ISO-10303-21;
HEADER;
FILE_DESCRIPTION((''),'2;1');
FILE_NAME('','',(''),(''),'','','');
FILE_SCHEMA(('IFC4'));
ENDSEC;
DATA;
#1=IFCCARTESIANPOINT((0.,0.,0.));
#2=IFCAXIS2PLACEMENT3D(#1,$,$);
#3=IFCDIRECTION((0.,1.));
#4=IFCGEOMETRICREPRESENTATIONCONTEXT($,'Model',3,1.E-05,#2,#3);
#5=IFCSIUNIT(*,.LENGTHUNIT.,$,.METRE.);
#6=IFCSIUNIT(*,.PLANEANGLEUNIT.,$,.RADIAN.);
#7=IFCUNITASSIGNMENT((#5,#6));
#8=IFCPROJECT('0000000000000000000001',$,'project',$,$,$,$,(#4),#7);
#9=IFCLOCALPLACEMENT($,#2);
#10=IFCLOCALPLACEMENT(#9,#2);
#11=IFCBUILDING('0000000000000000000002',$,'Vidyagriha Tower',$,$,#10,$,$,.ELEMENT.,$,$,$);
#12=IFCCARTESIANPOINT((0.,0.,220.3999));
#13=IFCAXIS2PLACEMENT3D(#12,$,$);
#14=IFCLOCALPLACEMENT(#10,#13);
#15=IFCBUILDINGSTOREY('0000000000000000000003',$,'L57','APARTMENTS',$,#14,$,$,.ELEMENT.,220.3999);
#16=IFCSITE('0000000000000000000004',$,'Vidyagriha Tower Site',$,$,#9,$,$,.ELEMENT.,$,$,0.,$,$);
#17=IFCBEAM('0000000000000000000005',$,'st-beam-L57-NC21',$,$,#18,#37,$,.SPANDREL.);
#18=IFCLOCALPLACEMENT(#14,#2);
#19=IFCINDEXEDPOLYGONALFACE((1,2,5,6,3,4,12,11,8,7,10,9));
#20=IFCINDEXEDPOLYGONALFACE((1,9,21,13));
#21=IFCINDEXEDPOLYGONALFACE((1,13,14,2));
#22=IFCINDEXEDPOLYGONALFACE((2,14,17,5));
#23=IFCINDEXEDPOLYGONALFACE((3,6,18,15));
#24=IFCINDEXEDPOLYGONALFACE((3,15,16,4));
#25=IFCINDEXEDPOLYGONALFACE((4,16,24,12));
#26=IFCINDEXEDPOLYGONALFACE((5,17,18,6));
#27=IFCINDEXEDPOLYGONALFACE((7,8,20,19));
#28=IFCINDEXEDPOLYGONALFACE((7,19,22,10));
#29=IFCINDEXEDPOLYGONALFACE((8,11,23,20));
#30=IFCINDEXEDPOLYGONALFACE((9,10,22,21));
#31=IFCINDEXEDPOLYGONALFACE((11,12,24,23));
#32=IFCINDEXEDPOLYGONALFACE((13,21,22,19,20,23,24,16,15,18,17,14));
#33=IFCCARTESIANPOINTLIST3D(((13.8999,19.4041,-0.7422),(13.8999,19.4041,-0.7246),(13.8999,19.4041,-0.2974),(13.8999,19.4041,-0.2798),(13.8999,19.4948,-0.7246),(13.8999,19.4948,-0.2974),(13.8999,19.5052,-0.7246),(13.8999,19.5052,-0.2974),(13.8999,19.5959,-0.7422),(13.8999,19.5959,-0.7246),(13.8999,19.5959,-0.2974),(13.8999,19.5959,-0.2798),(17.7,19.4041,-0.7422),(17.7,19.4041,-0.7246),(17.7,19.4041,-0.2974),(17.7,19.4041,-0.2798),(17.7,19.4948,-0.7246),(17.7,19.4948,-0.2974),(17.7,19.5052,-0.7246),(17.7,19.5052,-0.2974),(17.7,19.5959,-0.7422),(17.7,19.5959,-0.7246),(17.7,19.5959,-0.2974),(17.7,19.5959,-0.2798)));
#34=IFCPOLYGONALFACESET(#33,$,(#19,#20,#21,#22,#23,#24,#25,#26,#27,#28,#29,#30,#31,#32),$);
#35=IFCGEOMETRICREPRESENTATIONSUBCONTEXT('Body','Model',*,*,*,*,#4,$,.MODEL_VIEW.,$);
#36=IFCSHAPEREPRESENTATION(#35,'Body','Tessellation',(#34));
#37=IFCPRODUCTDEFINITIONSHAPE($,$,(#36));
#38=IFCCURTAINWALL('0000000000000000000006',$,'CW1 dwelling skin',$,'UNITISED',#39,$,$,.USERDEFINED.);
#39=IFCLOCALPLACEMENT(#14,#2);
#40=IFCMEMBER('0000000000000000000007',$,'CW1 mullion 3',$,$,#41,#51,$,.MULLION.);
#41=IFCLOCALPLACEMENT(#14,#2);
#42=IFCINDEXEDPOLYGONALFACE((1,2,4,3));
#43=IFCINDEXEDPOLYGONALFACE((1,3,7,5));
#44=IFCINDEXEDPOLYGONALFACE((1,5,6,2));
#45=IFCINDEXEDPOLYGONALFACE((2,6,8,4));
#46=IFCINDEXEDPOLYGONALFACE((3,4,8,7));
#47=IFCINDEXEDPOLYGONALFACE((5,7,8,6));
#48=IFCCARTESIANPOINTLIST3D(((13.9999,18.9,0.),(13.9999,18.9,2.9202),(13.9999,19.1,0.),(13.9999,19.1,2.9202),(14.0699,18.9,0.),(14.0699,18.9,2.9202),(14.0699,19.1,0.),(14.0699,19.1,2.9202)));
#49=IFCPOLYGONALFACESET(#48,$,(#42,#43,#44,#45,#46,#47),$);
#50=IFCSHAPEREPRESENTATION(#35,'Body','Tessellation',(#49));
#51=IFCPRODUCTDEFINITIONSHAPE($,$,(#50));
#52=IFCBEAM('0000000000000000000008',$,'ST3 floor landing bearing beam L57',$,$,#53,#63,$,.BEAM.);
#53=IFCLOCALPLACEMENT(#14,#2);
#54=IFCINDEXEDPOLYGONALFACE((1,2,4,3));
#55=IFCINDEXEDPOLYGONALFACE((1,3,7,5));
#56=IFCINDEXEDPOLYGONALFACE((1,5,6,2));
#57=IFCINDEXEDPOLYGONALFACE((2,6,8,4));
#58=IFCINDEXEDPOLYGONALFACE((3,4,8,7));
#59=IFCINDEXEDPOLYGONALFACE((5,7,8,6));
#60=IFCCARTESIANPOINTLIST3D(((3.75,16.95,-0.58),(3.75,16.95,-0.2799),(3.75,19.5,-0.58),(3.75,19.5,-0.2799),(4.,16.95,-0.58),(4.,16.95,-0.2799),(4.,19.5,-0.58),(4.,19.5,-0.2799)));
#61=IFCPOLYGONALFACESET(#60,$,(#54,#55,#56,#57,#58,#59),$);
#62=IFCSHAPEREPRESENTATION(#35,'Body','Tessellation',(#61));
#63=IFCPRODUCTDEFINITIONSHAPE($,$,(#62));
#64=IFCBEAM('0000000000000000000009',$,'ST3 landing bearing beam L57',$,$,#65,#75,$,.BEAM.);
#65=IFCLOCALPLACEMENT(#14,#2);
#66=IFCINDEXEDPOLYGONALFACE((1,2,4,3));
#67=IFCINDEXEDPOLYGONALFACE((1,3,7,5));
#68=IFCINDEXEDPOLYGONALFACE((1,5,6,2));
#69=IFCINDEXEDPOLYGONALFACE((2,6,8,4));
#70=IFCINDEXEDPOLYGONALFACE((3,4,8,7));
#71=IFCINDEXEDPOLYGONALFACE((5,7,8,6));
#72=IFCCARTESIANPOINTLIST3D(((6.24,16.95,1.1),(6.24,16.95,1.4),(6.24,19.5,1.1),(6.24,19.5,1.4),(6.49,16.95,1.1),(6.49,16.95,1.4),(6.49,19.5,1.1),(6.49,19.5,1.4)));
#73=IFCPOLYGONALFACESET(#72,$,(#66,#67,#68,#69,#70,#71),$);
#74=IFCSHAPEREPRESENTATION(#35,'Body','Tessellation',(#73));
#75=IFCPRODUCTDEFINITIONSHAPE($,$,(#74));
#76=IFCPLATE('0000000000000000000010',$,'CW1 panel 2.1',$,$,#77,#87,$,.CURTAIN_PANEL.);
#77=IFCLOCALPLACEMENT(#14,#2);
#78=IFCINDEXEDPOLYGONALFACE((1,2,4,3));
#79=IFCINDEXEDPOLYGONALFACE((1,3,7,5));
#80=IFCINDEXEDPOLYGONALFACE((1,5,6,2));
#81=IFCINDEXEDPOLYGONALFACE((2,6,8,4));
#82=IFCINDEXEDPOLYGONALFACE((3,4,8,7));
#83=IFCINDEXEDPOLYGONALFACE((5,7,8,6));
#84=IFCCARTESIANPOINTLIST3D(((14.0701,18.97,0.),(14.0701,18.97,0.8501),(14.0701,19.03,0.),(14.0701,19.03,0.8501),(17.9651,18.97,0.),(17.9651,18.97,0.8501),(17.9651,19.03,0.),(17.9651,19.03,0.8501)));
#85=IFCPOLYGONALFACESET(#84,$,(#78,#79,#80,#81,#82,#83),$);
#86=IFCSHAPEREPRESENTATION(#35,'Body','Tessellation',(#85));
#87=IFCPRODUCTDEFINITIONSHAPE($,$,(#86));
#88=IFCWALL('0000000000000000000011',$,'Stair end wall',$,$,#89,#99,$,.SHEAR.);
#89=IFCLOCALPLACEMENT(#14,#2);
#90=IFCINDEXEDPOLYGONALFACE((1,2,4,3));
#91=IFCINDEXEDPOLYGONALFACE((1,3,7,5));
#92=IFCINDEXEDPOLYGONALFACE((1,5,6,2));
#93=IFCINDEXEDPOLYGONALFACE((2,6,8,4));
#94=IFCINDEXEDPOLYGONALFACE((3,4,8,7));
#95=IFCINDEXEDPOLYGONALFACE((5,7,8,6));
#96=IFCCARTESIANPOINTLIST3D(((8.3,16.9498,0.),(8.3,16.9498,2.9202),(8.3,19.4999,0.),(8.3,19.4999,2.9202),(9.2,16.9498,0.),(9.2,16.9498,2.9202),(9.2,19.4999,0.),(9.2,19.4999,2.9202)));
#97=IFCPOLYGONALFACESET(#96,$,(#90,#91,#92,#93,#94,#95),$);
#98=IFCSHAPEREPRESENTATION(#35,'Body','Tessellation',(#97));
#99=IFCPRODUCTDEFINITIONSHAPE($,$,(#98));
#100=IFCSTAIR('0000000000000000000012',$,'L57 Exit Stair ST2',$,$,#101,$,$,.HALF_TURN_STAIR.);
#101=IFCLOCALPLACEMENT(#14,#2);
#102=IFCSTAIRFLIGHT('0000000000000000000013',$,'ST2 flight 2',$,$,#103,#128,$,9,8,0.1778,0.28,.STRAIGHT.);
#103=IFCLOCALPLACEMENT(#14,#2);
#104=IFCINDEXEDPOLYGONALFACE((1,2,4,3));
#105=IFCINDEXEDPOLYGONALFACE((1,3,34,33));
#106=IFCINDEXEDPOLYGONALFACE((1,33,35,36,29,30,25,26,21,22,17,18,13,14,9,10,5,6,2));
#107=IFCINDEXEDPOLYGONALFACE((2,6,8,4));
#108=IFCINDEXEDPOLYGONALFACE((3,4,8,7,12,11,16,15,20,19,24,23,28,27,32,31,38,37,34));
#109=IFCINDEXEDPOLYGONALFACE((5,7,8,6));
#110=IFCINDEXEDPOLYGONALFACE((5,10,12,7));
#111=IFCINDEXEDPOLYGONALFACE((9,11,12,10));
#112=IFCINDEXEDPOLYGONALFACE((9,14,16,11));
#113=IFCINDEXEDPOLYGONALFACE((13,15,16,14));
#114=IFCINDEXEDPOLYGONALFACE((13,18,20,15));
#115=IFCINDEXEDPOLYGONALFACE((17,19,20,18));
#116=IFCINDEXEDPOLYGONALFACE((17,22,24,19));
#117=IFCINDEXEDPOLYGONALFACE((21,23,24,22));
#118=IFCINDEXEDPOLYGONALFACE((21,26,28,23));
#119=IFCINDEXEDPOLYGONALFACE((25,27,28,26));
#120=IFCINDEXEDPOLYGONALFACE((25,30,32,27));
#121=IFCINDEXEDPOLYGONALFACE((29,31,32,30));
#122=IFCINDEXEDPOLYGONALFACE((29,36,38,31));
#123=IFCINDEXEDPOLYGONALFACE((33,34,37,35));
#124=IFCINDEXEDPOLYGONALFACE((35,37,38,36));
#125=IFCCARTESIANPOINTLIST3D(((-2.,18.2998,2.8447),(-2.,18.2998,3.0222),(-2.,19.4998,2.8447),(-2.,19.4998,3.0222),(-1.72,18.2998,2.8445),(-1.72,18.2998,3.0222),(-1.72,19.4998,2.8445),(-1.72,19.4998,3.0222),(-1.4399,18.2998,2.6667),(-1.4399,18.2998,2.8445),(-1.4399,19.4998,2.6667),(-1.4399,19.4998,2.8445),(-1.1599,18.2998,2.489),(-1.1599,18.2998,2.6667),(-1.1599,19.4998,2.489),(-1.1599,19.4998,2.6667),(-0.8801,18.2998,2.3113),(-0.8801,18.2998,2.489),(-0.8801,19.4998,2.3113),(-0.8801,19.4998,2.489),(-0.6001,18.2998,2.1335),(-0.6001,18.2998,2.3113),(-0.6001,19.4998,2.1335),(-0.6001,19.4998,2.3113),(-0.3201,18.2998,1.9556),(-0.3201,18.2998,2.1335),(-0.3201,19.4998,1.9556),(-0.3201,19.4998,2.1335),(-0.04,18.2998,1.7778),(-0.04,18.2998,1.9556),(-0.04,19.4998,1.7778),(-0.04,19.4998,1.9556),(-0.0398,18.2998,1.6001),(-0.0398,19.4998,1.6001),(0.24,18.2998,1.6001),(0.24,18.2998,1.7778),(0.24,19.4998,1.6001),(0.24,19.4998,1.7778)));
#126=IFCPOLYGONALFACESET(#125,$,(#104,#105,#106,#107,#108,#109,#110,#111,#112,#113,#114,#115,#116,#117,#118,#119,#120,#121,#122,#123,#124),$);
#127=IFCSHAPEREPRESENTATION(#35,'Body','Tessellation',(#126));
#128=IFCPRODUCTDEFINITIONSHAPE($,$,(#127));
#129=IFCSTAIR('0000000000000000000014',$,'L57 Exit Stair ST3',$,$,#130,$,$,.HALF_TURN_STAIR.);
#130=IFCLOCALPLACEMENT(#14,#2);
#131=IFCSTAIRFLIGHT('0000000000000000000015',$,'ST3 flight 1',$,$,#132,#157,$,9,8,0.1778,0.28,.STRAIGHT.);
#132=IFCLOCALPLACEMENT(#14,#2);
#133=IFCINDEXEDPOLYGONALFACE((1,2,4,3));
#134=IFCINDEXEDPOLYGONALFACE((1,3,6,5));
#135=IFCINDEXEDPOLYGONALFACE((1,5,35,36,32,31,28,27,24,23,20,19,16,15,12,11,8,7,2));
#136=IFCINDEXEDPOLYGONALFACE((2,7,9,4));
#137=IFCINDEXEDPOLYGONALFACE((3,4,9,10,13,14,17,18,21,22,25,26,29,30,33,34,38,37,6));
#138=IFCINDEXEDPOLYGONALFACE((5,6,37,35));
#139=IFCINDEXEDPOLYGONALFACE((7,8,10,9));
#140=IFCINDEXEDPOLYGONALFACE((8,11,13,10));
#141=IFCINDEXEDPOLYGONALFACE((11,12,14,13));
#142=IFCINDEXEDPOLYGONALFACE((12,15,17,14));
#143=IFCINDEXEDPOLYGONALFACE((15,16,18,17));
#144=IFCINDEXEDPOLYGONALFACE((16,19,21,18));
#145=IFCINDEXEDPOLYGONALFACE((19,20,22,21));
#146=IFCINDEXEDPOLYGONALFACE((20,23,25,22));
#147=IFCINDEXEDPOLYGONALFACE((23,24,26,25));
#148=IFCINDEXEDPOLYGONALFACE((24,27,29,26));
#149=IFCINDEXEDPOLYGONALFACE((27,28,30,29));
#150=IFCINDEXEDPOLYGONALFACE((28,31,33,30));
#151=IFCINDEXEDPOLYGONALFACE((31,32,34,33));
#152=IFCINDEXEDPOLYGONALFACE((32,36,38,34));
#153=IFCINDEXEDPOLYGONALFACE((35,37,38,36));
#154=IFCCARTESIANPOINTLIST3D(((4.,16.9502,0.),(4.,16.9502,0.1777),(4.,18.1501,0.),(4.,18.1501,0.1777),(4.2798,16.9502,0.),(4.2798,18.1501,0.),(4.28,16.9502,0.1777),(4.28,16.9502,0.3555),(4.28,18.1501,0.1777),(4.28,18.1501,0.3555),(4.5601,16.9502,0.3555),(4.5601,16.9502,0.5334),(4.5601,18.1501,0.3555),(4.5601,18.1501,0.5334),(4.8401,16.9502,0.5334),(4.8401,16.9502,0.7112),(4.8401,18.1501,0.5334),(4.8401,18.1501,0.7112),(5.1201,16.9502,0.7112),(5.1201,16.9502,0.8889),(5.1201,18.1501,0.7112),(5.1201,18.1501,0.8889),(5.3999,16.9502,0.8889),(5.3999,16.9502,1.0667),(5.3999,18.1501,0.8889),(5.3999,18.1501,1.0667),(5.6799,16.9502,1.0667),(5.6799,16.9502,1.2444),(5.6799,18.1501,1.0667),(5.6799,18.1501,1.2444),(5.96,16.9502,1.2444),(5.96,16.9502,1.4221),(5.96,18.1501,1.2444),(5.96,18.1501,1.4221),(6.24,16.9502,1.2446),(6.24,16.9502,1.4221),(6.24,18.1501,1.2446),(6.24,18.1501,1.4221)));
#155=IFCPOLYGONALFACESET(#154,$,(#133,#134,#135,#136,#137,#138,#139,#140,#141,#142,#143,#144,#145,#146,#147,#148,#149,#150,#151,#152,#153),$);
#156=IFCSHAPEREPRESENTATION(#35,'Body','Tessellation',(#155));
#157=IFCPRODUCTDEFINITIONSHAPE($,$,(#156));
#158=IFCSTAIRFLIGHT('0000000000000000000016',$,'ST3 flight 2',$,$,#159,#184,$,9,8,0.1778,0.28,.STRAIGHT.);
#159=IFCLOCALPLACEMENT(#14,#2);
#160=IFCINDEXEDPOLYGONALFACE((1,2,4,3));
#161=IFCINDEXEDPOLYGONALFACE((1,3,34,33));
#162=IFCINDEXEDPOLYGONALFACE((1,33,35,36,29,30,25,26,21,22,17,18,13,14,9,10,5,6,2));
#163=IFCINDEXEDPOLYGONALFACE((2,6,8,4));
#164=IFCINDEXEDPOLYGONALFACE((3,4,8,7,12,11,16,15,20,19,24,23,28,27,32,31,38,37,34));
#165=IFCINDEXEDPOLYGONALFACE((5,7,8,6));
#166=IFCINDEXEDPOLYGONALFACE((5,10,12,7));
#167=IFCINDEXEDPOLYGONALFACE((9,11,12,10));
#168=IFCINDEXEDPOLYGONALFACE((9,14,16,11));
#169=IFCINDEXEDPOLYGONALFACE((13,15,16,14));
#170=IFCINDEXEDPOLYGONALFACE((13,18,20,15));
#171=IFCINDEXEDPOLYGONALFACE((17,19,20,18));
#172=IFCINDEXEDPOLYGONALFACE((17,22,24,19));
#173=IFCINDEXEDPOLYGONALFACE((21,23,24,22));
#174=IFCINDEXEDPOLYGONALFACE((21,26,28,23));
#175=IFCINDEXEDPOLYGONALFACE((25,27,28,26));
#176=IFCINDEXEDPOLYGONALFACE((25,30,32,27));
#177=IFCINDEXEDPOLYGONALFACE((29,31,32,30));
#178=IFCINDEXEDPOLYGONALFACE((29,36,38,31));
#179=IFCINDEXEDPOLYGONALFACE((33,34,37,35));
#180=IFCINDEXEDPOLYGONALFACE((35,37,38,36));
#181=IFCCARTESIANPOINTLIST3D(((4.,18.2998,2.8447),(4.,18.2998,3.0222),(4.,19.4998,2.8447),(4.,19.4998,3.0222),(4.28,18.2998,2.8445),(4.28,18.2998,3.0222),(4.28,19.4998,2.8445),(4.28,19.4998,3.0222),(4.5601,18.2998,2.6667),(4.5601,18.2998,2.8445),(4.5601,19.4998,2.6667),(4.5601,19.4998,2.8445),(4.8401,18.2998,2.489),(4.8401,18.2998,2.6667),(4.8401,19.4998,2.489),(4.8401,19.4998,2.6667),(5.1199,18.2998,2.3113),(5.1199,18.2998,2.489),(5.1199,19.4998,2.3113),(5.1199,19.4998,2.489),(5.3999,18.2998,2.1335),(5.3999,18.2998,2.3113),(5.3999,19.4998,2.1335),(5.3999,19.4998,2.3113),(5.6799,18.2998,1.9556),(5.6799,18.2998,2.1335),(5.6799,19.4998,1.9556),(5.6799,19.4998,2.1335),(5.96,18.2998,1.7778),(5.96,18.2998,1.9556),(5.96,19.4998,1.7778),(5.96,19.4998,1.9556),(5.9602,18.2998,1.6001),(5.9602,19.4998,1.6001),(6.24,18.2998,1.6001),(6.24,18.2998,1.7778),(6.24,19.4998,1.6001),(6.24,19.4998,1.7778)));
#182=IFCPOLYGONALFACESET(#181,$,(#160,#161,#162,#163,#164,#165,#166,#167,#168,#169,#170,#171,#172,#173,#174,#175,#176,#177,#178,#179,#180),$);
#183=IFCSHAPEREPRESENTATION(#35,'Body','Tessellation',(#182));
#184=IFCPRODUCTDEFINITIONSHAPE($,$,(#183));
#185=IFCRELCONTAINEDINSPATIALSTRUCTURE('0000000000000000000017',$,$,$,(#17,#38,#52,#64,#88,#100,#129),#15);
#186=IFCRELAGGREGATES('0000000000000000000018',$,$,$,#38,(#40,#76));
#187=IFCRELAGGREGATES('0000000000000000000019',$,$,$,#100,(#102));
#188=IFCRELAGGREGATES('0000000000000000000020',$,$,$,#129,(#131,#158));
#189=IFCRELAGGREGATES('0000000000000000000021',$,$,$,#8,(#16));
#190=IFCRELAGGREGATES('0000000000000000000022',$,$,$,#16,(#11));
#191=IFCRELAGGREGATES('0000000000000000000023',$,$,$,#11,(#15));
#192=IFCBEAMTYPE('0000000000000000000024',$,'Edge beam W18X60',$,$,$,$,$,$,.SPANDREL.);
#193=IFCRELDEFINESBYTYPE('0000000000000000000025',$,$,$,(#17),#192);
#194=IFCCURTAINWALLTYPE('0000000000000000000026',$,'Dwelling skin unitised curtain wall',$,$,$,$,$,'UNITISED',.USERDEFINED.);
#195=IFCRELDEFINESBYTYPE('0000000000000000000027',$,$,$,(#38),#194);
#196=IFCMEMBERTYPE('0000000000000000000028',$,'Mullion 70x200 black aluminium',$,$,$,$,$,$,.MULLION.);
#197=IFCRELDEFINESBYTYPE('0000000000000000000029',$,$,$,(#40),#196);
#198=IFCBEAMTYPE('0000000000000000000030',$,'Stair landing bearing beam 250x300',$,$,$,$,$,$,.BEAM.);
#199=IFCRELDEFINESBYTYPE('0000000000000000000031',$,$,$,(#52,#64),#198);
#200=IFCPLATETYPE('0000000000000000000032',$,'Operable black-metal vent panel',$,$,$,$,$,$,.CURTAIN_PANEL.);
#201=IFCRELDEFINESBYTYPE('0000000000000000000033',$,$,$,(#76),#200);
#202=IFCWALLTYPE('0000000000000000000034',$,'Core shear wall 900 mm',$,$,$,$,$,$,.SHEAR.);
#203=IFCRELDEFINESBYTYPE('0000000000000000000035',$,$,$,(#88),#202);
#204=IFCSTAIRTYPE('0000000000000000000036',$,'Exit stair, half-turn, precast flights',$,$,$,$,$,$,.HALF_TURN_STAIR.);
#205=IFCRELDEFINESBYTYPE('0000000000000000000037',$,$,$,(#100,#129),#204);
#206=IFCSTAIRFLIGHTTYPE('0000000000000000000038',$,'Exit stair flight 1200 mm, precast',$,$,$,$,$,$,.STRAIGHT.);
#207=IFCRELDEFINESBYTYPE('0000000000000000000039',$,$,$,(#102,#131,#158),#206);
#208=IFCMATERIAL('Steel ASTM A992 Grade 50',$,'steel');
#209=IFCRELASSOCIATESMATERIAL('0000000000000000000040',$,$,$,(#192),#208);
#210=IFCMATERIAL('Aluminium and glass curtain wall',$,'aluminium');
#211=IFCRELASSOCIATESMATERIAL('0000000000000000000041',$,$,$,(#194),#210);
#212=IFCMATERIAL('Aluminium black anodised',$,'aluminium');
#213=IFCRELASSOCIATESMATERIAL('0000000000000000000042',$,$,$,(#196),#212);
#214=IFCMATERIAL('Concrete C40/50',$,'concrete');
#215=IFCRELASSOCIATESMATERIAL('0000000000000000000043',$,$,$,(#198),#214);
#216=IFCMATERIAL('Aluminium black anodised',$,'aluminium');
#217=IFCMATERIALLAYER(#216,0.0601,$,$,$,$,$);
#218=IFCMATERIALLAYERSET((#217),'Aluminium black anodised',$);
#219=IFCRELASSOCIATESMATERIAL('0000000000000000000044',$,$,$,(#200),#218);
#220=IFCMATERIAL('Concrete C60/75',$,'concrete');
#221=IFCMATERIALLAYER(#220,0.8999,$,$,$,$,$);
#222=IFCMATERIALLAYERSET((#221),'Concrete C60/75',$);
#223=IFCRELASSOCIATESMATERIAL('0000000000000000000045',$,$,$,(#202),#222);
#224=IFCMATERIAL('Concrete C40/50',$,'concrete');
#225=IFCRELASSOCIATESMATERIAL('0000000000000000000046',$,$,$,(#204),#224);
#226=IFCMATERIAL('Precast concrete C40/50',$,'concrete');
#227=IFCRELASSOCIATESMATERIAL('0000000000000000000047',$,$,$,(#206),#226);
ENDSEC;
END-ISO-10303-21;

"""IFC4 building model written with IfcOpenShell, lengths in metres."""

from ifc_helpers import new_model, si_unit, direction, frame, frame_2d, origin, origin_2d, place, context, subcontext, project, spatial, polyline, rectangle, i_section, outline, extrude, material, layer, layer_set, material_profile, profile_set, type_object, element, aggregate, save


model = new_model("IFC4")

# Units and contexts
model_context = context("Model", 3, precision=1e-05, world=origin(), true_north=direction((0.0, 1.0)))
body_context = subcontext(model_context, "Body", "Model", "MODEL_VIEW")
ifc_project = project(units=[si_unit("LENGTHUNIT", "METRE"), si_unit("PLANEANGLEUNIT", "RADIAN")], contexts=[model_context])

# Site, building, storey
site_placement = place(None, origin())
site = spatial("IfcSite", under=ifc_project, at=site_placement, Name="Vidyagriha Tower Site", CompositionType="ELEMENT", RefElevation=0.0)
building_placement = place(site_placement, origin())
building = spatial("IfcBuilding", under=site, at=building_placement, Name="Vidyagriha Tower", CompositionType="ELEMENT")
storey_placement = place(building_placement, frame((0.0, 0.0, 220.3999)))
storey = spatial("IfcBuildingStorey", under=building, at=storey_placement, Name="L57", Description="APARTMENTS", CompositionType="ELEMENT", Elevation=220.3999)

# Beam
ifc_material_1 = material(Name="Steel ASTM A992 Grade 50", Category="steel")
ifc_material_profile_1 = material_profile(ifc_material_1, i_section(OverallWidth=0.1919, OverallDepth=0.4624, WebThickness=0.0105, FlangeThickness=0.0176, at=origin_2d()), Name="W18X60")
ifc_profile_set_1 = profile_set([ifc_material_profile_1], Name="Steel ASTM A992 Grade 50")
beam_type_1 = type_object("IfcBeamType", Name="Edge beam W18X60", PredefinedType="SPANDREL", material=ifc_profile_set_1)
beam_placement = place(storey_placement, frame((13.8999, 19.5, -0.511), z_axis=(1.0, 0.0, 0.0), x_axis=(0.0, 1.0, 0.0)))
element("IfcBeam", 1, at=beam_placement, inside=storey, type_object=beam_type_1, Name="st-beam-L57-NC21", PredefinedType="SPANDREL", context=body_context, shape_type="SweptSolid", body=[
    extrude(i_section(OverallWidth=0.1919, OverallDepth=0.4624, WebThickness=0.0105, FlangeThickness=0.0176, at=origin_2d()), origin(), (0.0, 0.0, 1.0), 3.8),
])

# Curtain wall, member
ifc_material_2 = material(Name="Aluminium and glass curtain wall", Category="aluminium")
curtain_wall_type = type_object("IfcCurtainWallType", Name="Dwelling skin unitised curtain wall", ElementType="UNITISED", PredefinedType="USERDEFINED", material=ifc_material_2)
curtain_wall_placement = place(storey_placement, origin())
curtain_wall = element("IfcCurtainWall", 2, at=curtain_wall_placement, inside=storey, type_object=curtain_wall_type, Name="CW1 dwelling skin", ObjectType="UNITISED", PredefinedType="USERDEFINED")
ifc_material_3 = material(Name="Aluminium black anodised", Category="aluminium")
ifc_material_profile_2 = material_profile(ifc_material_3, rectangle(XDim=0.2, YDim=0.0701, at=origin_2d()), Name="Mullion 70x200 black aluminium")
ifc_profile_set_2 = profile_set([ifc_material_profile_2], Name="Aluminium black anodised")
member_type = type_object("IfcMemberType", Name="Mullion 70x200 black aluminium", PredefinedType="MULLION", material=ifc_profile_set_2)
member_placement = place(storey_placement, frame((14.0349, 19.0, 0.0), z_axis=(0.0, 0.0, 1.0), x_axis=(0.0, -1.0, 0.0)))
member = element("IfcMember", 3, at=member_placement, type_object=member_type, Name="CW1 mullion 3", PredefinedType="MULLION", context=body_context, shape_type="SweptSolid", body=[
    extrude(rectangle(XDim=0.2, YDim=0.0701, at=origin_2d()), origin(), (0.0, 0.0, 1.0), 2.9202),
])

# Beams
ifc_material_4 = material(Name="Concrete C40/50", Category="concrete")
ifc_material_profile_3 = material_profile(ifc_material_4, rectangle(XDim=0.25, YDim=0.3, at=origin_2d()), Name="Stair landing bearing beam 250x300")
ifc_profile_set_3 = profile_set([ifc_material_profile_3], Name="Concrete C40/50")
beam_type_2 = type_object("IfcBeamType", Name="Stair landing bearing beam 250x300", PredefinedType="BEAM", material=ifc_profile_set_3)
for number, where, z_axis, x_axis, name in (
    (4, (3.875, 16.95, -0.4299), (0.0, 1.0, 0.0), (-1.0, 0.0, 0.0), "ST3 floor landing bearing beam L57"),
    (5, (6.365, 16.95, 1.25), (0.0, 1.0, 0.0), (-1.0, 0.0, 0.0), "ST3 landing bearing beam L57"),
):
    element("IfcBeam", number, at=place(storey_placement, frame(where, z_axis=z_axis, x_axis=x_axis)), inside=storey, type_object=beam_type_2, Name=name, PredefinedType="BEAM", context=body_context, shape_type="SweptSolid", body=[
        extrude(rectangle(XDim=0.25, YDim=0.3, at=origin_2d()), origin(), (0.0, 0.0, 1.0), 2.55),
    ])

# Plate
ifc_material_5 = material(Name="Aluminium black anodised", Category="aluminium")
ifc_layer_1 = layer(ifc_material_5, 0.0601)
ifc_layer_set_1 = layer_set([ifc_layer_1], Name="Aluminium black anodised")
plate_type = type_object("IfcPlateType", Name="Operable black-metal vent panel", PredefinedType="CURTAIN_PANEL", material=ifc_layer_set_1)
plate_placement = place(storey_placement, frame((16.0176, 19.0, 0.0), z_axis=(0.0, 0.0, 1.0), x_axis=(-1.0, 0.0, 0.0)))
plate = element("IfcPlate", 6, at=plate_placement, type_object=plate_type, Name="CW1 panel 2.1", PredefinedType="CURTAIN_PANEL", context=body_context, shape_type="SweptSolid", body=[
    extrude(rectangle(XDim=3.895, YDim=0.0601, at=origin_2d()), origin(), (0.0, 0.0, 1.0), 0.8501),
])
aggregate(curtain_wall, [member, plate])

# Wall
ifc_material_6 = material(Name="Concrete C60/75", Category="concrete")
ifc_layer_2 = layer(ifc_material_6, 0.8999)
ifc_layer_set_2 = layer_set([ifc_layer_2], Name="Concrete C60/75")
wall_type = type_object("IfcWallType", Name="Core shear wall 900 mm", PredefinedType="SHEAR", material=ifc_layer_set_2)
wall_placement = place(storey_placement, frame((8.75, 16.95, 0.0), z_axis=(0.0, 0.0, 1.0), x_axis=(0.0, 1.0, 0.0)))
element("IfcWall", 7, at=wall_placement, inside=storey, type_object=wall_type, Name="Stair end wall", PredefinedType="SHEAR", context=body_context, shape_type="SweptSolid", body=[
    extrude(rectangle(XDim=2.55, YDim=0.8999, at=frame_2d((1.2749, 0.0))), origin(), (0.0, 0.0, 1.0), 2.9202),
])

# Stair, stair flight
ifc_material_7 = material(Name="Concrete C40/50", Category="concrete")
stair_type = type_object("IfcStairType", Name="Exit stair, half-turn, precast flights", PredefinedType="HALF_TURN_STAIR", material=ifc_material_7)
stair_1_placement = place(storey_placement, origin())
stair_1 = element("IfcStair", 8, at=stair_1_placement, inside=storey, type_object=stair_type, Name="L57 Exit Stair ST2", PredefinedType="HALF_TURN_STAIR")
ifc_material_8 = material(Name="Precast concrete C40/50", Category="concrete")
stair_flight_type = type_object("IfcStairFlightType", Name="Exit stair flight 1200 mm, precast", PredefinedType="STRAIGHT", material=ifc_material_8)
stair_flight_1_placement = place(storey_placement, frame((0.24, 18.8999, 1.6001), z_axis=(0.0, 0.0, 1.0), x_axis=(-1.0, 0.0, 0.0)))
stair_flight_1 = element("IfcStairFlight", 9, at=stair_flight_1_placement, type_object=stair_flight_type, Name="ST2 flight 2", NumberOfRisers=9, NumberOfTreads=8, PredefinedType="STRAIGHT", RiserHeight=0.1778, TreadLength=0.28, context=body_context, shape_type="SweptSolid", body=[
    extrude(outline(polyline([(0.0, 0.0), (0.0, 0.1777), (0.28, 0.1777), (0.28, 0.3555), (0.5601, 0.3555), (0.5601, 0.5334), (0.8401, 0.5334), (0.8401, 0.7112), (1.1201, 0.7112), (1.1201, 0.8889), (1.3999, 0.8889), (1.3999, 1.0667), (1.6799, 1.0667), (1.6799, 1.2444), (1.96, 1.2444), (1.96, 1.4221), (2.24, 1.4221), (2.24, 1.6001), (2.24, 1.2446), (0.2798, 0.0), (0.0, 0.0)])), frame((0.0, 0.6001, 0.0), z_axis=(0.0, -1.0, 0.0), x_axis=(1.0, 0.0, 0.0)), (0.0, 0.0, 1.0), 1.2),
])
aggregate(stair_1, [stair_flight_1])

# Stair, stair flights
stair_2_placement = place(storey_placement, origin())
stair_2 = element("IfcStair", 10, at=stair_2_placement, inside=storey, type_object=stair_type, Name="L57 Exit Stair ST3", PredefinedType="HALF_TURN_STAIR")
stair_flight_2_placement = place(storey_placement, frame((4.0, 17.55, 0.0)))
stair_flight_2 = element("IfcStairFlight", 11, at=stair_flight_2_placement, type_object=stair_flight_type, Name="ST3 flight 1", NumberOfRisers=9, NumberOfTreads=8, PredefinedType="STRAIGHT", RiserHeight=0.1778, TreadLength=0.28, context=body_context, shape_type="SweptSolid", body=[
    extrude(outline(polyline([(0.0, 0.0), (0.0, 0.1777), (0.28, 0.1777), (0.28, 0.3555), (0.5601, 0.3555), (0.5601, 0.5334), (0.8401, 0.5334), (0.8401, 0.7112), (1.1201, 0.7112), (1.1201, 0.8889), (1.3999, 0.8889), (1.3999, 1.0667), (1.6799, 1.0667), (1.6799, 1.2444), (1.96, 1.2444), (1.96, 1.4221), (2.24, 1.4221), (2.24, 1.6001), (2.24, 1.2446), (0.2798, 0.0), (0.0, 0.0)])), frame((0.0, 0.6001, 0.0), z_axis=(0.0, -1.0, 0.0), x_axis=(1.0, 0.0, 0.0)), (0.0, 0.0, 1.0), 1.2),
])
stair_flight_3_placement = place(storey_placement, frame((6.24, 18.8999, 1.6001), z_axis=(0.0, 0.0, 1.0), x_axis=(-1.0, 0.0, 0.0)))
stair_flight_3 = element("IfcStairFlight", 12, at=stair_flight_3_placement, type_object=stair_flight_type, Name="ST3 flight 2", NumberOfRisers=9, NumberOfTreads=8, PredefinedType="STRAIGHT", RiserHeight=0.1778, TreadLength=0.28, context=body_context, shape_type="SweptSolid", body=[
    extrude(outline(polyline([(0.0, 0.0), (0.0, 0.1777), (0.28, 0.1777), (0.28, 0.3555), (0.5601, 0.3555), (0.5601, 0.5334), (0.8401, 0.5334), (0.8401, 0.7112), (1.1201, 0.7112), (1.1201, 0.8889), (1.3999, 0.8889), (1.3999, 1.0667), (1.6799, 1.0667), (1.6799, 1.2444), (1.96, 1.2444), (1.96, 1.4221), (2.24, 1.4221), (2.24, 1.6001), (2.24, 1.2446), (0.2798, 0.0), (0.0, 0.0)])), frame((0.0, 0.6001, 0.0), z_axis=(0.0, -1.0, 0.0), x_axis=(1.0, 0.0, 0.0)), (0.0, 0.0, 1.0), 1.2),
])
aggregate(stair_2, [stair_flight_2, stair_flight_3])

save(model, "model.ifc")
